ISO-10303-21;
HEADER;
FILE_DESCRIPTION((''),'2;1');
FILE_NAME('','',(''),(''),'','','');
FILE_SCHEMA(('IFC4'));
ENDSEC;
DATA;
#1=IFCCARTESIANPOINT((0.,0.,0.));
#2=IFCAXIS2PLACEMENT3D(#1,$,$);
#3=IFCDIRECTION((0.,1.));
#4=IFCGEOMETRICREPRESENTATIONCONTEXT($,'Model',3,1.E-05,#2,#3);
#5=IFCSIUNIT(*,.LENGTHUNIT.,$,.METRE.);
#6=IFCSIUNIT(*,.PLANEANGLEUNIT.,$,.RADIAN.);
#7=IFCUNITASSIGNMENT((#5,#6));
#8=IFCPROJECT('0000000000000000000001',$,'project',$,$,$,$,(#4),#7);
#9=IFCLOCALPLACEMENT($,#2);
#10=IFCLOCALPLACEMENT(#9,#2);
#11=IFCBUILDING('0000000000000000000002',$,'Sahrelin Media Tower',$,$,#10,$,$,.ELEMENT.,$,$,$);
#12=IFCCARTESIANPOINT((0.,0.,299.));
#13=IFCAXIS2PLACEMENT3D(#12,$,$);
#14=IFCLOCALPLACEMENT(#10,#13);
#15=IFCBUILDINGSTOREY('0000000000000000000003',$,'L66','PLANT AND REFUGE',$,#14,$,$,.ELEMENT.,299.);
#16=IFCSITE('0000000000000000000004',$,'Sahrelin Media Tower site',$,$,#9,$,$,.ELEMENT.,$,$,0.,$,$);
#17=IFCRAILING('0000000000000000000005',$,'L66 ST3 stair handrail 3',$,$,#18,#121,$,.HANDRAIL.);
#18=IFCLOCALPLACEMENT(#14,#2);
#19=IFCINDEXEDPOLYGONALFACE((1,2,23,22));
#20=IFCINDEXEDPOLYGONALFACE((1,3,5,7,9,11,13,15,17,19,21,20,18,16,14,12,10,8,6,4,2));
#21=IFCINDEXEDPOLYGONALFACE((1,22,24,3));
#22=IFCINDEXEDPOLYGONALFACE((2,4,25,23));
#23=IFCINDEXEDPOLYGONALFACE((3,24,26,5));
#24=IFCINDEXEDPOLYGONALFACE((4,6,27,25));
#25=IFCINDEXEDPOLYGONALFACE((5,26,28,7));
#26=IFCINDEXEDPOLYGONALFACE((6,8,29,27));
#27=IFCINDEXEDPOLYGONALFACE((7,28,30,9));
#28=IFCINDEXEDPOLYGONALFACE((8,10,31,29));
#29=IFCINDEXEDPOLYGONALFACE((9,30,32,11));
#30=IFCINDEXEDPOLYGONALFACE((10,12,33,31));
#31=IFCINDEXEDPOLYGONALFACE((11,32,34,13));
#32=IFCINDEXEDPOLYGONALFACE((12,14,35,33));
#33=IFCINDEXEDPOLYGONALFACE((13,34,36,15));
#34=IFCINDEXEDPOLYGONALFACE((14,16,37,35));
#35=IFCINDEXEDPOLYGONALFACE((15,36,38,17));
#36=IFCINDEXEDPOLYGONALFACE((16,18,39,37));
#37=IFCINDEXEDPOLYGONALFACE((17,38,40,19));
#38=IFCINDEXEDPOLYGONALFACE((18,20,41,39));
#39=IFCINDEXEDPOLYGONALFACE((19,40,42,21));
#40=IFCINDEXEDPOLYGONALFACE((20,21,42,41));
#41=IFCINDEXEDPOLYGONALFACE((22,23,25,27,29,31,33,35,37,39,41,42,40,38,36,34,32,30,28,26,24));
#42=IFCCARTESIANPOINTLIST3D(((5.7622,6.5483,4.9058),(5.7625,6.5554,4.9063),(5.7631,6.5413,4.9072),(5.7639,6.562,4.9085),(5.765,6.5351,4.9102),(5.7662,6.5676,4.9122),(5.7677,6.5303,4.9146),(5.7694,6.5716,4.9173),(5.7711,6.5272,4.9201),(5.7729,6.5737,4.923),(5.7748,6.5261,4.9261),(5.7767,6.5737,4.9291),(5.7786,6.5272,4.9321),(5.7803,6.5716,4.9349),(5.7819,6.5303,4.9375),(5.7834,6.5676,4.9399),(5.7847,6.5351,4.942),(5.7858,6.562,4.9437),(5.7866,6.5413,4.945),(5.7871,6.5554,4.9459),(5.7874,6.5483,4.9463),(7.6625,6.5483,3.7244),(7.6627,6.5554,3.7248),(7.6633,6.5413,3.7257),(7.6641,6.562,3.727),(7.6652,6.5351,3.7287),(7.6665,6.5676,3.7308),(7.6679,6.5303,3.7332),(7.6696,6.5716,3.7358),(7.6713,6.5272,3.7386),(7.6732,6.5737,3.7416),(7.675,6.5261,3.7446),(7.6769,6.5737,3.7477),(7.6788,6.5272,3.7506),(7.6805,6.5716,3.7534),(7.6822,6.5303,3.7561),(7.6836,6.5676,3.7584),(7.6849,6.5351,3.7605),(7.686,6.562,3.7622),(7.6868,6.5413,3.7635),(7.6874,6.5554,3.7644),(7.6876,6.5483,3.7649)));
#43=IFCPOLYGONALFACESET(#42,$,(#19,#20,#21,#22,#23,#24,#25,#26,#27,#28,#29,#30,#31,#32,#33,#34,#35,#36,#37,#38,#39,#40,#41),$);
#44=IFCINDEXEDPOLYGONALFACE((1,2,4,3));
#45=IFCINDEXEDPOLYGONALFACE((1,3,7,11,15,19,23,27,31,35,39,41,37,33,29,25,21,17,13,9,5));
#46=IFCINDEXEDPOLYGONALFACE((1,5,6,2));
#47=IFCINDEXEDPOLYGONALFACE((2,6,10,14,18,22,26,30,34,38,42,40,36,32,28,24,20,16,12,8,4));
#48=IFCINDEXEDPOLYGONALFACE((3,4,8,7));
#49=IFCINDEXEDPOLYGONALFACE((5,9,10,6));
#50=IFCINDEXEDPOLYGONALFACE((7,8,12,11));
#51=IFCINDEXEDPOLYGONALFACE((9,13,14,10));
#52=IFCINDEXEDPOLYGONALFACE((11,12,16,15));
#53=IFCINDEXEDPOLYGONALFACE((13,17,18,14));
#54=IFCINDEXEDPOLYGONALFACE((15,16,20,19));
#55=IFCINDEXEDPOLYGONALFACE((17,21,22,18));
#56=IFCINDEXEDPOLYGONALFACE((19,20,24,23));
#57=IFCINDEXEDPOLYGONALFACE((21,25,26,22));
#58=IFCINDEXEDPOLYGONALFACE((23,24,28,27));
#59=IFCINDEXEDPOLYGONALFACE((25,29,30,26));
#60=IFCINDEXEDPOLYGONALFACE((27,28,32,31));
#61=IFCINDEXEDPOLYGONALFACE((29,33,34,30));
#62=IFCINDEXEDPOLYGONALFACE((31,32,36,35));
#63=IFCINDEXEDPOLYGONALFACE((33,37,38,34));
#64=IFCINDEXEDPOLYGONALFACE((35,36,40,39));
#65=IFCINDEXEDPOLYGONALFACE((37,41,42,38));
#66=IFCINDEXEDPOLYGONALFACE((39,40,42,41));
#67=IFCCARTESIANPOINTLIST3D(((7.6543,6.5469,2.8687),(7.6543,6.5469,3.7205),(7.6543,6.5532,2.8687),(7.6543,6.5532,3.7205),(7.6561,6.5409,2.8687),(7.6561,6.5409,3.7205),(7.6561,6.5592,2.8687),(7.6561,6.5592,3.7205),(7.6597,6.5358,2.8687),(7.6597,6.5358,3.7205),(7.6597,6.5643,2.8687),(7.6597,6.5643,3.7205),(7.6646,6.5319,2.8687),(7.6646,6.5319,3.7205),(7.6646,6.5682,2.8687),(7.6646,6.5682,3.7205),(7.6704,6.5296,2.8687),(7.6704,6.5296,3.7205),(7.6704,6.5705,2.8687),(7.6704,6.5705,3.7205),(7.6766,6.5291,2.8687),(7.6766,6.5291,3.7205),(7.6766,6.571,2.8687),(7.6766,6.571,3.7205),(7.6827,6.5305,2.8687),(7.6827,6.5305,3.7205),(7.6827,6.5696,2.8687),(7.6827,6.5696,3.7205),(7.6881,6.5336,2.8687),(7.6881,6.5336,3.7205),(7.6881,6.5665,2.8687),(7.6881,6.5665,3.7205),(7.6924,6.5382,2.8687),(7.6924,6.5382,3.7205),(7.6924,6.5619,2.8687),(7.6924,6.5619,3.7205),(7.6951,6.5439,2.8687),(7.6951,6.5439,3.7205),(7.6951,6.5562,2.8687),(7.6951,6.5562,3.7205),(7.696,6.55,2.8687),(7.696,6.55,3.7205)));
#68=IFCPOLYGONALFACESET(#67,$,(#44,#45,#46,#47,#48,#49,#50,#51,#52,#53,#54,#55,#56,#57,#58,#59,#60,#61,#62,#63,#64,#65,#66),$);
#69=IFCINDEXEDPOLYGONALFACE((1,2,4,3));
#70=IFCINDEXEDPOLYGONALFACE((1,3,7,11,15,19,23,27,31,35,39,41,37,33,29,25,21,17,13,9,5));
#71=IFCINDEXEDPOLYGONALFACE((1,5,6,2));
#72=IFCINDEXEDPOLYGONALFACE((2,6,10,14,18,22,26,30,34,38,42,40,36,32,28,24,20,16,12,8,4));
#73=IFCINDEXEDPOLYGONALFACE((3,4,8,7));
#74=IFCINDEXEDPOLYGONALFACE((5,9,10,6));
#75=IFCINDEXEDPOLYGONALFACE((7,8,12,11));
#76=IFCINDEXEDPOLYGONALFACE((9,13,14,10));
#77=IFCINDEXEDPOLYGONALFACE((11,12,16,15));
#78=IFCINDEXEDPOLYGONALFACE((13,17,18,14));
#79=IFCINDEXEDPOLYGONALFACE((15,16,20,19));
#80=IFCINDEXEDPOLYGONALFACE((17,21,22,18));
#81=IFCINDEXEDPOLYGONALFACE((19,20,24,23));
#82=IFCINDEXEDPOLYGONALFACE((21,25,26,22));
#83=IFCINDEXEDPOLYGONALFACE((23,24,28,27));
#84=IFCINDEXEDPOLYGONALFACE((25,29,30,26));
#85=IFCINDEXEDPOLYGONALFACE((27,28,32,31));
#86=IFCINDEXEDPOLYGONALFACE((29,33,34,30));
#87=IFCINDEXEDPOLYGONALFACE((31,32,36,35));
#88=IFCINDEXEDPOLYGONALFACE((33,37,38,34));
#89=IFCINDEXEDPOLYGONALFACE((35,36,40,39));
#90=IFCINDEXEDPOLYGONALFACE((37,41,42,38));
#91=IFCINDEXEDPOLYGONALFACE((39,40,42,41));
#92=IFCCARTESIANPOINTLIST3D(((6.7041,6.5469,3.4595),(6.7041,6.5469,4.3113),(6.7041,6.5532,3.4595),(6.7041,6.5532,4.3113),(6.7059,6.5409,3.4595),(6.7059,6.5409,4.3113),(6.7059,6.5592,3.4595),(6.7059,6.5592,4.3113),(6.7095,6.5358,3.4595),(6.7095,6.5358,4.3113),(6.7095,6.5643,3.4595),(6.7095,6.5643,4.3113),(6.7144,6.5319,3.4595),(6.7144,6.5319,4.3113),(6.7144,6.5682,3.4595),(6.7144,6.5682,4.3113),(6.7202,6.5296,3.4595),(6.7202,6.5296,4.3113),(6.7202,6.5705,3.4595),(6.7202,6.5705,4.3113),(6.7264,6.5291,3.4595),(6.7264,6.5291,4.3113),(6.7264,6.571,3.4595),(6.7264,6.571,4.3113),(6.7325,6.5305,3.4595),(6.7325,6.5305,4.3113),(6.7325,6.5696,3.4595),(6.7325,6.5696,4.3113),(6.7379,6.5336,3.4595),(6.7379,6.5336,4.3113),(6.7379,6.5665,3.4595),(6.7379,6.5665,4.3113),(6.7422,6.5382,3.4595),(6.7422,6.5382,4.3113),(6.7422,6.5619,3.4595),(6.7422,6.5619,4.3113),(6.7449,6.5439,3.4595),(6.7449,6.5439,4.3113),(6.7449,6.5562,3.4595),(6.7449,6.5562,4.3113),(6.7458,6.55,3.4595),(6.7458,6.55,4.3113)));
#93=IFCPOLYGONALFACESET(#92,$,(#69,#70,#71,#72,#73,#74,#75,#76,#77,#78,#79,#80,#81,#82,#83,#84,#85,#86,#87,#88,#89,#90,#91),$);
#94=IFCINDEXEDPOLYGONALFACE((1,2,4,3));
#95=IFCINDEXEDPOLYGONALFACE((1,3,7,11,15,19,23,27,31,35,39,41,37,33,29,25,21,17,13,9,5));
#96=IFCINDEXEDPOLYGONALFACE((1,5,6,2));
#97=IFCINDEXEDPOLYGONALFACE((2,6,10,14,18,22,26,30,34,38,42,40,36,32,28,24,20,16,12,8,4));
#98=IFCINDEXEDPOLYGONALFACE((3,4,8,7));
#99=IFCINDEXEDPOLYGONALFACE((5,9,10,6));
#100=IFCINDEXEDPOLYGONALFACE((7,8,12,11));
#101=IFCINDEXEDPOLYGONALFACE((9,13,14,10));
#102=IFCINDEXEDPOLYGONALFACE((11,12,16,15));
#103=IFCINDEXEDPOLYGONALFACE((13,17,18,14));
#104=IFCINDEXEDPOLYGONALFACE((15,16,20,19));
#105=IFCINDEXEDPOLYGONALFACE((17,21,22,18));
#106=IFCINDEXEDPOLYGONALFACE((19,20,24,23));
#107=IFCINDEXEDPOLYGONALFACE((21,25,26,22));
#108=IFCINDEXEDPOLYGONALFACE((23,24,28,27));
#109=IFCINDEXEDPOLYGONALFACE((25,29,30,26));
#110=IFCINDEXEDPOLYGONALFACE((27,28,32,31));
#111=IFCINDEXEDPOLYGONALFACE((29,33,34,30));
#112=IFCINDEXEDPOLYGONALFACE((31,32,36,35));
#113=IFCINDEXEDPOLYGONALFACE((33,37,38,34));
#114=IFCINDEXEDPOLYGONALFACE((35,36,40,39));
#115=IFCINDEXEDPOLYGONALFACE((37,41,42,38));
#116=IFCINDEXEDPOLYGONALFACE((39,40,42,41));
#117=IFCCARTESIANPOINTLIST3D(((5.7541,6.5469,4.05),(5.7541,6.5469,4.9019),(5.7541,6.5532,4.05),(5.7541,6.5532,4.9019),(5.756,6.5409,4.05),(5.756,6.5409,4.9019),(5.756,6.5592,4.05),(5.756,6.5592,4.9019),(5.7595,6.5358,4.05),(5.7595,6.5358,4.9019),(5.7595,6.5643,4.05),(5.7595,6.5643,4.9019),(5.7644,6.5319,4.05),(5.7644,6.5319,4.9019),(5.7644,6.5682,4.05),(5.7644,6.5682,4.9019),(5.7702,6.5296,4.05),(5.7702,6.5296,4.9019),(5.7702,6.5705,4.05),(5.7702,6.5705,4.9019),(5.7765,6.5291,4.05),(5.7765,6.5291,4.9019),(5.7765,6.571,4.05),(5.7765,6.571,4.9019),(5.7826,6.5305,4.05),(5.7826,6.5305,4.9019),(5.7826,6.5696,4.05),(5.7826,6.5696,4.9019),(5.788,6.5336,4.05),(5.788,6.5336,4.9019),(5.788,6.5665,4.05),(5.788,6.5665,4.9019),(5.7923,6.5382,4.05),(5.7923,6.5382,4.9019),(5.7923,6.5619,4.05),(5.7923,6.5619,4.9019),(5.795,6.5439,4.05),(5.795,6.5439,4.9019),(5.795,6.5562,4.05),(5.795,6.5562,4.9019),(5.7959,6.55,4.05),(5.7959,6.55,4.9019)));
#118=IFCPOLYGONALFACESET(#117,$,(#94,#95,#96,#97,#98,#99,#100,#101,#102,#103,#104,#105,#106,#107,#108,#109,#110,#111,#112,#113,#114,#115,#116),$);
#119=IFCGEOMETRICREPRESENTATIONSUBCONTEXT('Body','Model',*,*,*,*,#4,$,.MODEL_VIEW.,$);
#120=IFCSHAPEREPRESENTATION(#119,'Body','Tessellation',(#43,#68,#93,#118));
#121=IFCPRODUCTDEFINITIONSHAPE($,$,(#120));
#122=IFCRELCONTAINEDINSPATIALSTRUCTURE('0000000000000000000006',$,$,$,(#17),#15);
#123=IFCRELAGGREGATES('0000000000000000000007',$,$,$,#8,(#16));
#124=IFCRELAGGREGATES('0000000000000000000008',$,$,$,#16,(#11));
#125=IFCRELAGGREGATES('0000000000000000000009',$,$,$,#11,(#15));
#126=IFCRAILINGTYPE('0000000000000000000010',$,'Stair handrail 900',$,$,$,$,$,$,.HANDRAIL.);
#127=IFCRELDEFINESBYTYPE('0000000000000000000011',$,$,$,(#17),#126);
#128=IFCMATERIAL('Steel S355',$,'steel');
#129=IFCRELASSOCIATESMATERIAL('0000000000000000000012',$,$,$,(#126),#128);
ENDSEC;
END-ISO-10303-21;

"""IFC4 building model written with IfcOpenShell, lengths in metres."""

from ifc_helpers import new_model, si_unit, direction, frame, origin, origin_2d, place, context, subcontext, project, spatial, circle, extrude, material, type_object, element, save


model = new_model("IFC4")

# Units and contexts
model_context = context("Model", 3, precision=1e-05, world=origin(), true_north=direction((0.0, 1.0)))
body_context = subcontext(model_context, "Body", "Model", "MODEL_VIEW")
ifc_project = project(units=[si_unit("LENGTHUNIT", "METRE"), si_unit("PLANEANGLEUNIT", "RADIAN")], contexts=[model_context])

# Site, building, storey
site_placement = place(None, origin())
site = spatial("IfcSite", under=ifc_project, at=site_placement, Name="Sahrelin Media Tower site", CompositionType="ELEMENT", RefElevation=0.0)
building_placement = place(site_placement, origin())
building = spatial("IfcBuilding", under=site, at=building_placement, Name="Sahrelin Media Tower", CompositionType="ELEMENT")
storey_placement = place(building_placement, frame((0.0, 0.0, 299.0)))
storey = spatial("IfcBuildingStorey", under=building, at=storey_placement, Name="L66", Description="PLANT AND REFUGE", CompositionType="ELEMENT", Elevation=299.0)

# Shared definitions
ifc_material_1 = material(Name="Steel S355", Category="steel")

# Railing
railing_type_1 = type_object("IfcRailingType", Name="Stair handrail 900", PredefinedType="HANDRAIL", material=ifc_material_1)
railing_placement = place(storey_placement, frame((7.675, 6.55, 2.8687)))
element("IfcRailing", 1, at=railing_placement, inside=storey, type_object=railing_type_1, Name="L66 ST3 stair handrail 3", PredefinedType="HANDRAIL", context=body_context, shape_type="SweptSolid", body=[
    extrude(circle(Radius=0.0239, at=origin_2d()), frame((0.0, 0.0, 0.876), z_axis=(-0.84924, 0.0, 0.528006), x_axis=(0.0, -1.0, 0.0)), (0.0, 0.0, 1.0), 2.2375),
    extrude(circle(Radius=0.021, at=origin_2d()), origin(), (0.0, 0.0, 1.0), 0.8518),
    extrude(circle(Radius=0.021, at=origin_2d()), frame((-0.9502, 0.0, 0.5908)), (0.0, 0.0, 1.0), 0.8518),
    extrude(circle(Radius=0.021, at=origin_2d()), frame((-1.9001, 0.0, 1.1814)), (0.0, 0.0, 1.0), 0.8518),
])

save(model, "model.ifc")
